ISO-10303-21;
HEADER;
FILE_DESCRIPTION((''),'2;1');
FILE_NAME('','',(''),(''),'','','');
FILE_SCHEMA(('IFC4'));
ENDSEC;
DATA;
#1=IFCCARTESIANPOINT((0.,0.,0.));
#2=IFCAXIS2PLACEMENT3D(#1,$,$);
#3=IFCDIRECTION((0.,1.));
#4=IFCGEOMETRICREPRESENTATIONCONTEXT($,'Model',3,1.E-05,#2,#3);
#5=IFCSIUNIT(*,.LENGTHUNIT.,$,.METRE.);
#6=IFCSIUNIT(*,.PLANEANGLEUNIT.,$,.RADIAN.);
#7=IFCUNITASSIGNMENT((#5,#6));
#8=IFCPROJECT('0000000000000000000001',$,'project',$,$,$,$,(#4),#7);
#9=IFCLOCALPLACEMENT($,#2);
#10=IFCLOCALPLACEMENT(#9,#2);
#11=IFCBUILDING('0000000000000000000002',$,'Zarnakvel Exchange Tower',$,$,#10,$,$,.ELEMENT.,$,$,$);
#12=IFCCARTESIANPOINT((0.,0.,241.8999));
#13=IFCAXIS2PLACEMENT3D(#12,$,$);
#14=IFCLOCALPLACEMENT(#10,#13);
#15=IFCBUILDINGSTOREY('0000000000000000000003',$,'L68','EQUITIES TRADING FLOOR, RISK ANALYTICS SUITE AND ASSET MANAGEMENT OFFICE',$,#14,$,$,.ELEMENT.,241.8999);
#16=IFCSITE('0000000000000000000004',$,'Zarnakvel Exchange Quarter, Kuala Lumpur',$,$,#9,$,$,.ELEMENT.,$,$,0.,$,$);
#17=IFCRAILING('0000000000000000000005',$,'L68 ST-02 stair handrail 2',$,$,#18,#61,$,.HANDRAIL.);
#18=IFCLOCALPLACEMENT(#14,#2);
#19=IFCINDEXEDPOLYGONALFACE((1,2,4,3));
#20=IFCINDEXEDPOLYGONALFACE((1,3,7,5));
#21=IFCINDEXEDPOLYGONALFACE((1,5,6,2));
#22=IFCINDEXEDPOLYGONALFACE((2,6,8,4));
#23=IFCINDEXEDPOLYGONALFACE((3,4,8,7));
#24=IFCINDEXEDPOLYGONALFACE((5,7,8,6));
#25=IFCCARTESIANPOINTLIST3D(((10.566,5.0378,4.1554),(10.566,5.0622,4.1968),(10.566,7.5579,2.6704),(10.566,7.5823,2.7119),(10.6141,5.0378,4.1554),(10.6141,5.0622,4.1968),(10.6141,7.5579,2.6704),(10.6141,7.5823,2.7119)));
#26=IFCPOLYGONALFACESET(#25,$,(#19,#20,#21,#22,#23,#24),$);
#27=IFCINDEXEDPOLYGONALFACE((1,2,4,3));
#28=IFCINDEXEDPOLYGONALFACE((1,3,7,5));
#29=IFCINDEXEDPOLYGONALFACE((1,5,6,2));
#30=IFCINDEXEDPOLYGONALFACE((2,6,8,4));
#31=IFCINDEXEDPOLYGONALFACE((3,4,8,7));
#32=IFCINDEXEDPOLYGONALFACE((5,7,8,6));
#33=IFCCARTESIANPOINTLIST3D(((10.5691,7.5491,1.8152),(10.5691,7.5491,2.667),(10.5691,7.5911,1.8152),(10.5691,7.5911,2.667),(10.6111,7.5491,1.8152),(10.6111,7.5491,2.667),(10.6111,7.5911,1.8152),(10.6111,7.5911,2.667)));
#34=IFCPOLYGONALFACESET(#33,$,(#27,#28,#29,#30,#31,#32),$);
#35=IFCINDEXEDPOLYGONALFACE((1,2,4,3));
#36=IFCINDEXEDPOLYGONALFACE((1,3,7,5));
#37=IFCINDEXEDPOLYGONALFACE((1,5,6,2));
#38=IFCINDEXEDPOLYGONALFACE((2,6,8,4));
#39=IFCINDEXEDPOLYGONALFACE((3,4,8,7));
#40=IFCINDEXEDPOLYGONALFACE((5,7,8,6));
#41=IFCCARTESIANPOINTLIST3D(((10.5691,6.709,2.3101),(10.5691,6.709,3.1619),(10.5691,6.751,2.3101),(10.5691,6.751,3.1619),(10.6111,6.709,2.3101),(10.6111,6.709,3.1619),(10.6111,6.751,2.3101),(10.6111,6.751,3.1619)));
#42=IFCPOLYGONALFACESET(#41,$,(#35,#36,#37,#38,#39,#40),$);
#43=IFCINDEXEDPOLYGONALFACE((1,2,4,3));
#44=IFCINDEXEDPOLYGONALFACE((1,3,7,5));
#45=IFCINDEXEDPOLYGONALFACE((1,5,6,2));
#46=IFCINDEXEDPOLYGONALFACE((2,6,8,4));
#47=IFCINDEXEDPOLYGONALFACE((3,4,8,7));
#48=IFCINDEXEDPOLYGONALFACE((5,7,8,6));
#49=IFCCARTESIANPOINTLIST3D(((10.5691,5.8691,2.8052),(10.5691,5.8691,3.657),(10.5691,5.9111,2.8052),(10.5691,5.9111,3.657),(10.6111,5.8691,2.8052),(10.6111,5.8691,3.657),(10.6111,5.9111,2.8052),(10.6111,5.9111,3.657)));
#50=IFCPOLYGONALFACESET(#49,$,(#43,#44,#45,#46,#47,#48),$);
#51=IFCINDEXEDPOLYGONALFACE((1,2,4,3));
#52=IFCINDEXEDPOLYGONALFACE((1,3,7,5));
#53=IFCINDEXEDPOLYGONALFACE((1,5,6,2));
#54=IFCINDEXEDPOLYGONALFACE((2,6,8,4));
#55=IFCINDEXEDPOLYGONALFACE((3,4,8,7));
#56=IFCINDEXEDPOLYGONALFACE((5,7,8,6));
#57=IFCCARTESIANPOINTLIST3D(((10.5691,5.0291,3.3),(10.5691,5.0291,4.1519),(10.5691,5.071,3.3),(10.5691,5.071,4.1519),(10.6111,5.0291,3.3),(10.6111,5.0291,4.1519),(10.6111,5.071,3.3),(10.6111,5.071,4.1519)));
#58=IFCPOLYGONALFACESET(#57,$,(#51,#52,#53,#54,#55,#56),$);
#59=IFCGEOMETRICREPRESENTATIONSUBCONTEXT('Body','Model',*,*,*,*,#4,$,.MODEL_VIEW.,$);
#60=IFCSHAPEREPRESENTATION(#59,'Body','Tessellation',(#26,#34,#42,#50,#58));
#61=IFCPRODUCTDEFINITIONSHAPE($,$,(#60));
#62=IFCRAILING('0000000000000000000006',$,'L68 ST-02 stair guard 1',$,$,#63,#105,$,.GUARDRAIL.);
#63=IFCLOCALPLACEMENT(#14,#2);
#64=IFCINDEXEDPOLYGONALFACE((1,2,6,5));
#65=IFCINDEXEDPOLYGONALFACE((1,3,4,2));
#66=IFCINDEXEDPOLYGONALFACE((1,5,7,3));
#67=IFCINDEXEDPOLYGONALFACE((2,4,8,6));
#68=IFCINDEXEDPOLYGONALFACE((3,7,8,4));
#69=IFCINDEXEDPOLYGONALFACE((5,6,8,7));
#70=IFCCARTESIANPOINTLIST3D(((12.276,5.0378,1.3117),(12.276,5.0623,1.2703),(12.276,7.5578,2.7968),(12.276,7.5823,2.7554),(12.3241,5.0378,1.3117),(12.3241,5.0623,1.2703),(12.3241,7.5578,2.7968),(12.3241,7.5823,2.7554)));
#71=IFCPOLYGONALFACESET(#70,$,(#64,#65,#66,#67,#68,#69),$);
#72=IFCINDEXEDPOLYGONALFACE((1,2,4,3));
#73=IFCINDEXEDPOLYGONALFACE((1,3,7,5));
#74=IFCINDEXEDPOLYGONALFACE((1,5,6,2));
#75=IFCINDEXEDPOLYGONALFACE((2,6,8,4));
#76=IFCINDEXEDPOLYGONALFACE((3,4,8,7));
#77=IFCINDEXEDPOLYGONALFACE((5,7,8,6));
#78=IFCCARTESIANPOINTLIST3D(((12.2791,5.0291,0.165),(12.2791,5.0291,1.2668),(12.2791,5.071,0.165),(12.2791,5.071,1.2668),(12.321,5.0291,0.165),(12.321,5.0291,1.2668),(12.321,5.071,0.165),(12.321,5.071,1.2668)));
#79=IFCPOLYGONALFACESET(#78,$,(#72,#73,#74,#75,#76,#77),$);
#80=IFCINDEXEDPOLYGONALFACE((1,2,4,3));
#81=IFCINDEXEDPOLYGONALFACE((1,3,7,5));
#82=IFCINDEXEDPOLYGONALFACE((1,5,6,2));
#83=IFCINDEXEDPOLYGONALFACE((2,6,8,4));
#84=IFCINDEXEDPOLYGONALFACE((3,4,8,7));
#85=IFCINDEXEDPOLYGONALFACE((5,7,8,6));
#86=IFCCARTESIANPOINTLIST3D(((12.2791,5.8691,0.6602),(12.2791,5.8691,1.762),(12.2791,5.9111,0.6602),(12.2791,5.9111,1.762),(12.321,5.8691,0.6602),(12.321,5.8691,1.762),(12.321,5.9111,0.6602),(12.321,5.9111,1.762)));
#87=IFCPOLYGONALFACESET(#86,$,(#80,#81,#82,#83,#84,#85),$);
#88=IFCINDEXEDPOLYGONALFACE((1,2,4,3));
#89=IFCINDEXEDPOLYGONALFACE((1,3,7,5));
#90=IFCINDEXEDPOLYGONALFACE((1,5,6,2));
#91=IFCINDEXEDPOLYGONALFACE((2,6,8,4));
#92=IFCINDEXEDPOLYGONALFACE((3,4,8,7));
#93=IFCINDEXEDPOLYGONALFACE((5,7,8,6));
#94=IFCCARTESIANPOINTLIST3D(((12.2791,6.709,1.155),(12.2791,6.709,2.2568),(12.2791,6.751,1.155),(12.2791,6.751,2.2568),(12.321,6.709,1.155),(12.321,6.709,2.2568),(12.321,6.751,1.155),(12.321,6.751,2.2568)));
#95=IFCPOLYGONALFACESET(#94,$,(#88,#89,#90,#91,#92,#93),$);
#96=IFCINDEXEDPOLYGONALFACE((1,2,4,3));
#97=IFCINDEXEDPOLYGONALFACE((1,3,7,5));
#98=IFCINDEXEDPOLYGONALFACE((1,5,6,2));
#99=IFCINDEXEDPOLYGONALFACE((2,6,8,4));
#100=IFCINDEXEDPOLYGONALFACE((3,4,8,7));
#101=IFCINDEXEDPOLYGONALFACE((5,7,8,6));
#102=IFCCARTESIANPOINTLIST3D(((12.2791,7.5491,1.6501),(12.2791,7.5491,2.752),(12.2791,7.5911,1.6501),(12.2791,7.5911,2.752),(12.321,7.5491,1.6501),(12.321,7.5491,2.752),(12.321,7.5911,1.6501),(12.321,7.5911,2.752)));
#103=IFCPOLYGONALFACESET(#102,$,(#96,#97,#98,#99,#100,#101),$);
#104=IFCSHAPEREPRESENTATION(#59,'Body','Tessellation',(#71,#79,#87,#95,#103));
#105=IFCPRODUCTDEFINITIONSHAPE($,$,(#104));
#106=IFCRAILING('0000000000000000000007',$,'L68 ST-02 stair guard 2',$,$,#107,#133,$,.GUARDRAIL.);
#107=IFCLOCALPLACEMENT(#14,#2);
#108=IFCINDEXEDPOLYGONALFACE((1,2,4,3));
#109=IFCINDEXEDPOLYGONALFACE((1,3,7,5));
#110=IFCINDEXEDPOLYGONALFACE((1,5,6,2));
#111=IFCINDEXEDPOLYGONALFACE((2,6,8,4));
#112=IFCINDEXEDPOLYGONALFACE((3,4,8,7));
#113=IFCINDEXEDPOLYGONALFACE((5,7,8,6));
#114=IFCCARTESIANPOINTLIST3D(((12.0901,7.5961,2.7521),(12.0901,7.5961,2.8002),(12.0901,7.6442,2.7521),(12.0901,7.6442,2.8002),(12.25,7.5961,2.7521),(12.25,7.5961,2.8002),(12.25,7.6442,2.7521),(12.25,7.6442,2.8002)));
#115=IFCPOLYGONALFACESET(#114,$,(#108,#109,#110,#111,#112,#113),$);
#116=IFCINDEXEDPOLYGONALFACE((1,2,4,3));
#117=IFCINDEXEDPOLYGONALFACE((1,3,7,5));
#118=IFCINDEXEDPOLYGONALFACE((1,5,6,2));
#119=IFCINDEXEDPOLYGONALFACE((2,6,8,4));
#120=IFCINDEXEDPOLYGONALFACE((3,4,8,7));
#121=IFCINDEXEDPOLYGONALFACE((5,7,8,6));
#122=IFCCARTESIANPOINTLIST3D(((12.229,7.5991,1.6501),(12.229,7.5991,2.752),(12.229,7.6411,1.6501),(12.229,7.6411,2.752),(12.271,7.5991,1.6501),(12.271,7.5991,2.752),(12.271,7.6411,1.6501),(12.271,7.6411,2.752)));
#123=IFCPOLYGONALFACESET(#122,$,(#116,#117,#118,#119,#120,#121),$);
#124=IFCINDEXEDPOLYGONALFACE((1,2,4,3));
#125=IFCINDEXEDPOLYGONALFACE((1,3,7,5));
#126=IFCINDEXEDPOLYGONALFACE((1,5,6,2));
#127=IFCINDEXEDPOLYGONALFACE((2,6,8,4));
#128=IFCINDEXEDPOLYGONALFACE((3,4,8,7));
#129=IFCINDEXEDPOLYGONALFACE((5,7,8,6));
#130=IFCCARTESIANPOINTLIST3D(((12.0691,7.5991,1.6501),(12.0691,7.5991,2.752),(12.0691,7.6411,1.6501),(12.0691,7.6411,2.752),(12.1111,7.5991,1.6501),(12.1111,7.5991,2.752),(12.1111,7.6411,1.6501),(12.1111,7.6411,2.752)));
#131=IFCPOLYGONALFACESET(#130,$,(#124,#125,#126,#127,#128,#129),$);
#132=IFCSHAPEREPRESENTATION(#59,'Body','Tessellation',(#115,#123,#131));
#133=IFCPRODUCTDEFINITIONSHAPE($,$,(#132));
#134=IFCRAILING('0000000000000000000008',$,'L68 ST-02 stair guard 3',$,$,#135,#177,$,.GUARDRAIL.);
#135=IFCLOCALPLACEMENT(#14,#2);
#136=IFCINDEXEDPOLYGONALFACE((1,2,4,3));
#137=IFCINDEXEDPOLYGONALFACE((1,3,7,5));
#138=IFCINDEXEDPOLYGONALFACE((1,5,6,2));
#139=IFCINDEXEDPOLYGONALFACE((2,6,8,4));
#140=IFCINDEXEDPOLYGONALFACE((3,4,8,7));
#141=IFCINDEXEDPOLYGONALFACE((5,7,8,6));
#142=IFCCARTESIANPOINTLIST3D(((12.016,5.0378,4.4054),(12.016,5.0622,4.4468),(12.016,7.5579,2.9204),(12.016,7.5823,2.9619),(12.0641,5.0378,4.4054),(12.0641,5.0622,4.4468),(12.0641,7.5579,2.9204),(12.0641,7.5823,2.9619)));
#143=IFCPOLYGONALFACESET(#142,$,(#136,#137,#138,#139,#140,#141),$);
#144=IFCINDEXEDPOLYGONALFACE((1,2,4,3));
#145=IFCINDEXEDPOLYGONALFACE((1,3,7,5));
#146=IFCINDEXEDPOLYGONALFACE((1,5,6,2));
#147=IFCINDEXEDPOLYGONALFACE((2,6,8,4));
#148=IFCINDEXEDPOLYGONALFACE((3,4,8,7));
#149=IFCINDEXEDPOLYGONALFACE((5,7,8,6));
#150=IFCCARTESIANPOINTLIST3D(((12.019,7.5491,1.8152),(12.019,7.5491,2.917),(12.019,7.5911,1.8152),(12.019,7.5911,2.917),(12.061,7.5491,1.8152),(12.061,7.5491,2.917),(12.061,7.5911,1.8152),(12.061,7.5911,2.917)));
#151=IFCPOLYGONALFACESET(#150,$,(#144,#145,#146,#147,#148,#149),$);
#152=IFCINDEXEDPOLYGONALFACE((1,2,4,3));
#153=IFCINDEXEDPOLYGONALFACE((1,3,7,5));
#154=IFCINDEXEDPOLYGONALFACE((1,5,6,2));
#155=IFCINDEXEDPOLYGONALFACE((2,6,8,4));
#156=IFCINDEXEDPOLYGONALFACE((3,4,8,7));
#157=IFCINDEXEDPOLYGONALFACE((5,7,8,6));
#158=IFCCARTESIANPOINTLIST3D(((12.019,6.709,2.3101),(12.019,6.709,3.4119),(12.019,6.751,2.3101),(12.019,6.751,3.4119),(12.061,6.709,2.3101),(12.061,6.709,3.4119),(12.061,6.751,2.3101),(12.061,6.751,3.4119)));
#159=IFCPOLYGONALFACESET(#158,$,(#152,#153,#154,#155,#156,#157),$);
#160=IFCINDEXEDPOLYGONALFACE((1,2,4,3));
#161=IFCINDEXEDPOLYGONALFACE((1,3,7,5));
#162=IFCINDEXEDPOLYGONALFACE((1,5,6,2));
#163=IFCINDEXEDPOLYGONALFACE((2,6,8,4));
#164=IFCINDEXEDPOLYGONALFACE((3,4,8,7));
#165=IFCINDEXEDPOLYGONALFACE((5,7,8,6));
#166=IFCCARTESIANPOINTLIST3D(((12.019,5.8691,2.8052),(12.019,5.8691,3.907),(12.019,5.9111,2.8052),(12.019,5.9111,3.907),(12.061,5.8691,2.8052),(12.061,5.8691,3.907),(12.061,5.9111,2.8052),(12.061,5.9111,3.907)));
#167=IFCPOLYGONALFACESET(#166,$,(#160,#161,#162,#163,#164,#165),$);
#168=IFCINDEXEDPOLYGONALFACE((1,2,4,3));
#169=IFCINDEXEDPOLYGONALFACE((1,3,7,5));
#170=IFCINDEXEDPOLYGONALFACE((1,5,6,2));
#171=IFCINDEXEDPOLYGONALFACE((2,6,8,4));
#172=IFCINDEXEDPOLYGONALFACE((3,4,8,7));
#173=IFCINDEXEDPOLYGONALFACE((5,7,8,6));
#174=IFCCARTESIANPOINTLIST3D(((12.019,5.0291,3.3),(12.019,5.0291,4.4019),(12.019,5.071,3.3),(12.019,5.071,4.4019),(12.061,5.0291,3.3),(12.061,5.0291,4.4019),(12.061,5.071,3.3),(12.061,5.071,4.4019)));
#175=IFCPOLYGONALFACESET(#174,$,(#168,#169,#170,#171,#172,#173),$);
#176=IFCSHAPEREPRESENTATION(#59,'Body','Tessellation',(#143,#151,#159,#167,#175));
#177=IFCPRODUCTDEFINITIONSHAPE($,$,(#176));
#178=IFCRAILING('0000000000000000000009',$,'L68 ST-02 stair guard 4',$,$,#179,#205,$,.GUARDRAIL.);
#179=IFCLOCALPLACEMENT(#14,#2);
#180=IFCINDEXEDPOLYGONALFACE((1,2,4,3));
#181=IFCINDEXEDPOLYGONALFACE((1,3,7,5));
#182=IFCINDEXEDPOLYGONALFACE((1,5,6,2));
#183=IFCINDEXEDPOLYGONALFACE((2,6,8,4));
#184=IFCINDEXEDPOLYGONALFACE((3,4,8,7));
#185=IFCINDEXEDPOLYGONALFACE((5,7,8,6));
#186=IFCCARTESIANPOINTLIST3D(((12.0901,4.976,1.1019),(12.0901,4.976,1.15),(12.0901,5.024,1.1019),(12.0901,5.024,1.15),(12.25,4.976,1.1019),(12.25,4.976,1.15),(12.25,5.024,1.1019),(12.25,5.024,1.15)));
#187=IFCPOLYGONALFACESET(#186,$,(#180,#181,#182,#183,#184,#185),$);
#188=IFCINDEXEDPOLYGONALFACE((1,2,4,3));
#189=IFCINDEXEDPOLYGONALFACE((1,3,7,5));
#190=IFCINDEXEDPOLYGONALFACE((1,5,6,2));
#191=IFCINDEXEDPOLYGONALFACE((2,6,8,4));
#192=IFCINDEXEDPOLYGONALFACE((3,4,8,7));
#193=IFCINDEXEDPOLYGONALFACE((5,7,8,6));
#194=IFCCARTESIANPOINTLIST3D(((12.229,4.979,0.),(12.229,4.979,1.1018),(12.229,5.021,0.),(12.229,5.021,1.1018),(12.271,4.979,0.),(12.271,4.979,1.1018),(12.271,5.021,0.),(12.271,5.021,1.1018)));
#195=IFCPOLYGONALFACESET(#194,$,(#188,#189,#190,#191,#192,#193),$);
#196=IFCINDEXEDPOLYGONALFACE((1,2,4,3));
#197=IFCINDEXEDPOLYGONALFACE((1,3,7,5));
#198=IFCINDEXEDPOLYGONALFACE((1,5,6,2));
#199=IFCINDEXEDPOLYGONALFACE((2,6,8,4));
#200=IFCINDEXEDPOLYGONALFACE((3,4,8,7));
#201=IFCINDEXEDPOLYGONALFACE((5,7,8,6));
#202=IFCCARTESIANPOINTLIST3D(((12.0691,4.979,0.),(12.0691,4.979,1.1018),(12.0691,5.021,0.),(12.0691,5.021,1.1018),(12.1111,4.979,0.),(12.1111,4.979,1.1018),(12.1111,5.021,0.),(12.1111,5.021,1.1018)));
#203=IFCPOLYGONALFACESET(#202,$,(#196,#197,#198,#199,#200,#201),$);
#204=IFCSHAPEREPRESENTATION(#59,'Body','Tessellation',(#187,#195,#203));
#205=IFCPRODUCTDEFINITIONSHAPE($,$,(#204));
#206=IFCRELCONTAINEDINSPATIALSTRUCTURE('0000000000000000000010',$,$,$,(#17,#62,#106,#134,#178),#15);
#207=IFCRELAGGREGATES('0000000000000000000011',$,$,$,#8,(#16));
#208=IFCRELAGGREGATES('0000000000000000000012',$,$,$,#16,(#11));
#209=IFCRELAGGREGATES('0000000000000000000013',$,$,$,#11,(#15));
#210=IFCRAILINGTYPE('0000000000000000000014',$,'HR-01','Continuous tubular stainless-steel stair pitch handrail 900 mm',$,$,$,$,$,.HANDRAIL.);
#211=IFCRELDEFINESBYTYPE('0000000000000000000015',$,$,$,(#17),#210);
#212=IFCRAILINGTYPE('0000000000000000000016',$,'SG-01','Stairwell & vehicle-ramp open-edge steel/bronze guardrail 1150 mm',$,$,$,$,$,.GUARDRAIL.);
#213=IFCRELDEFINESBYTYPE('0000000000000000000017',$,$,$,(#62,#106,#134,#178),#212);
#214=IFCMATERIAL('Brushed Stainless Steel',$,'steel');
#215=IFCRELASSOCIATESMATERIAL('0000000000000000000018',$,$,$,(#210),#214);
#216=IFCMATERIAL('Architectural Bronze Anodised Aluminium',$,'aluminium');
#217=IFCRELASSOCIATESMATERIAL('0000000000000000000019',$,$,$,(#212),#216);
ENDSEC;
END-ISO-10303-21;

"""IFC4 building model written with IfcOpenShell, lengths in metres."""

from ifc_helpers import new_model, si_unit, direction, frame, origin, origin_2d, place, context, subcontext, project, spatial, rectangle, extrude, material, type_object, element, save


model = new_model("IFC4")

# Units and contexts
model_context = context("Model", 3, precision=1e-05, world=origin(), true_north=direction((0.0, 1.0)))
body_context = subcontext(model_context, "Body", "Model", "MODEL_VIEW")
ifc_project = project(units=[si_unit("LENGTHUNIT", "METRE"), si_unit("PLANEANGLEUNIT", "RADIAN")], contexts=[model_context])

# Site, building, storey
site_placement = place(None, origin())
site = spatial("IfcSite", under=ifc_project, at=site_placement, Name="Zarnakvel Exchange Quarter, Kuala Lumpur", CompositionType="ELEMENT", RefElevation=0.0)
building_placement = place(site_placement, origin())
building = spatial("IfcBuilding", under=site, at=building_placement, Name="Zarnakvel Exchange Tower", CompositionType="ELEMENT")
storey_placement = place(building_placement, frame((0.0, 0.0, 241.8999)))
storey = spatial("IfcBuildingStorey", under=building, at=storey_placement, Name="L68", Description="EQUITIES TRADING FLOOR, RISK ANALYTICS SUITE AND ASSET MANAGEMENT OFFICE", CompositionType="ELEMENT", Elevation=241.8999)

# Shared definitions
ifc_material_1 = material(Name="Architectural Bronze Anodised Aluminium", Category="aluminium")

# Railings
ifc_material_2 = material(Name="Brushed Stainless Steel", Category="steel")
railing_type_1 = type_object("IfcRailingType", Name="HR-01", Description="Continuous tubular stainless-steel stair pitch handrail 900 mm", PredefinedType="HANDRAIL", material=ifc_material_2)
railing_1_placement = place(storey_placement, frame((10.5901, 7.5701, 1.8152)))
element("IfcRailing", 1, at=railing_1_placement, inside=storey, type_object=railing_type_1, Name="L68 ST-02 stair handrail 2", PredefinedType="HANDRAIL", context=body_context, shape_type="SweptSolid", body=[
    extrude(rectangle(XDim=0.0481, YDim=0.0481, at=origin_2d()), frame((0.0, 0.0, 0.876), z_axis=(0.0, -0.861561, 0.507655), x_axis=(1.0, 0.0, 0.0)), (0.0, 0.0, 1.0), 2.925),
    extrude(rectangle(XDim=0.042, YDim=0.042, at=origin_2d()), origin(), (0.0, 0.0, 1.0), 0.8518),
    extrude(rectangle(XDim=0.042, YDim=0.042, at=origin_2d()), frame((0.0, -0.8401, 0.4949)), (0.0, 0.0, 1.0), 0.8518),
    extrude(rectangle(XDim=0.042, YDim=0.042, at=origin_2d()), frame((0.0, -1.6799, 0.99)), (0.0, 0.0, 1.0), 0.8518),
    extrude(rectangle(XDim=0.042, YDim=0.042, at=origin_2d()), frame((0.0, -2.52, 1.4849)), (0.0, 0.0, 1.0), 0.8518),
])
railing_type_2 = type_object("IfcRailingType", Name="SG-01", Description="Stairwell & vehicle-ramp open-edge steel/bronze guardrail 1150 mm", PredefinedType="GUARDRAIL", material=ifc_material_1)
railing_2_placement = place(storey_placement, frame((12.3, 5.05, 0.165)))
element("IfcRailing", 2, at=railing_2_placement, inside=storey, type_object=railing_type_2, Name="L68 ST-02 stair guard 1", PredefinedType="GUARDRAIL", context=body_context, shape_type="SweptSolid", body=[
    extrude(rectangle(XDim=0.0481, YDim=0.0481, at=origin_2d()), frame((0.0, 0.0, 1.126), z_axis=(0.0, 0.861524, 0.507717), x_axis=(-1.0, 0.0, 0.0)), (0.0, 0.0, 1.0), 2.925),
    extrude(rectangle(XDim=0.042, YDim=0.042, at=origin_2d()), origin(), (0.0, 0.0, 1.0), 1.1018),
    extrude(rectangle(XDim=0.042, YDim=0.042, at=origin_2d()), frame((0.0, 0.8401, 0.4951)), (0.0, 0.0, 1.0), 1.1018),
    extrude(rectangle(XDim=0.042, YDim=0.042, at=origin_2d()), frame((0.0, 1.6799, 0.99)), (0.0, 0.0, 1.0), 1.1018),
    extrude(rectangle(XDim=0.042, YDim=0.042, at=origin_2d()), frame((0.0, 2.52, 1.4851)), (0.0, 0.0, 1.0), 1.1018),
])
railing_3_placement = place(storey_placement, frame((12.25, 7.6201, 1.6501)))
element("IfcRailing", 3, at=railing_3_placement, inside=storey, type_object=railing_type_2, Name="L68 ST-02 stair guard 2", PredefinedType="GUARDRAIL", context=body_context, shape_type="SweptSolid", body=[
    extrude(rectangle(XDim=0.0481, YDim=0.0481, at=origin_2d()), frame((0.0, 0.0, 1.126), z_axis=(-1.0, 0.0, 0.0), x_axis=(0.0, -1.0, 0.0)), (0.0, 0.0, 1.0), 0.1599),
    extrude(rectangle(XDim=0.042, YDim=0.042, at=origin_2d()), origin(), (0.0, 0.0, 1.0), 1.1018),
    extrude(rectangle(XDim=0.042, YDim=0.042, at=origin_2d()), frame((-0.1599, 0.0, 0.0)), (0.0, 0.0, 1.0), 1.1018),
])
railing_4_placement = place(storey_placement, frame((12.04, 7.5701, 1.8152)))
element("IfcRailing", 4, at=railing_4_placement, inside=storey, type_object=railing_type_2, Name="L68 ST-02 stair guard 3", PredefinedType="GUARDRAIL", context=body_context, shape_type="SweptSolid", body=[
    extrude(rectangle(XDim=0.0481, YDim=0.0481, at=origin_2d()), frame((0.0, 0.0, 1.126), z_axis=(0.0, -0.861561, 0.507655), x_axis=(1.0, 0.0, 0.0)), (0.0, 0.0, 1.0), 2.925),
    extrude(rectangle(XDim=0.042, YDim=0.042, at=origin_2d()), origin(), (0.0, 0.0, 1.0), 1.1018),
    extrude(rectangle(XDim=0.042, YDim=0.042, at=origin_2d()), frame((0.0, -0.8401, 0.4949)), (0.0, 0.0, 1.0), 1.1018),
    extrude(rectangle(XDim=0.042, YDim=0.042, at=origin_2d()), frame((0.0, -1.6799, 0.99)), (0.0, 0.0, 1.0), 1.1018),
    extrude(rectangle(XDim=0.042, YDim=0.042, at=origin_2d()), frame((0.0, -2.52, 1.4849)), (0.0, 0.0, 1.0), 1.1018),
])
railing_5_placement = place(storey_placement, frame((12.25, 5.0, 0.0)))
element("IfcRailing", 5, at=railing_5_placement, inside=storey, type_object=railing_type_2, Name="L68 ST-02 stair guard 4", PredefinedType="GUARDRAIL", context=body_context, shape_type="SweptSolid", body=[
    extrude(rectangle(XDim=0.0481, YDim=0.0481, at=origin_2d()), frame((0.0, 0.0, 1.126), z_axis=(-1.0, 0.0, 0.0), x_axis=(0.0, -1.0, 0.0)), (0.0, 0.0, 1.0), 0.1599),
    extrude(rectangle(XDim=0.042, YDim=0.042, at=origin_2d()), origin(), (0.0, 0.0, 1.0), 1.1018),
    extrude(rectangle(XDim=0.042, YDim=0.042, at=origin_2d()), frame((-0.1599, 0.0, 0.0)), (0.0, 0.0, 1.0), 1.1018),
])

save(model, "model.ifc")
